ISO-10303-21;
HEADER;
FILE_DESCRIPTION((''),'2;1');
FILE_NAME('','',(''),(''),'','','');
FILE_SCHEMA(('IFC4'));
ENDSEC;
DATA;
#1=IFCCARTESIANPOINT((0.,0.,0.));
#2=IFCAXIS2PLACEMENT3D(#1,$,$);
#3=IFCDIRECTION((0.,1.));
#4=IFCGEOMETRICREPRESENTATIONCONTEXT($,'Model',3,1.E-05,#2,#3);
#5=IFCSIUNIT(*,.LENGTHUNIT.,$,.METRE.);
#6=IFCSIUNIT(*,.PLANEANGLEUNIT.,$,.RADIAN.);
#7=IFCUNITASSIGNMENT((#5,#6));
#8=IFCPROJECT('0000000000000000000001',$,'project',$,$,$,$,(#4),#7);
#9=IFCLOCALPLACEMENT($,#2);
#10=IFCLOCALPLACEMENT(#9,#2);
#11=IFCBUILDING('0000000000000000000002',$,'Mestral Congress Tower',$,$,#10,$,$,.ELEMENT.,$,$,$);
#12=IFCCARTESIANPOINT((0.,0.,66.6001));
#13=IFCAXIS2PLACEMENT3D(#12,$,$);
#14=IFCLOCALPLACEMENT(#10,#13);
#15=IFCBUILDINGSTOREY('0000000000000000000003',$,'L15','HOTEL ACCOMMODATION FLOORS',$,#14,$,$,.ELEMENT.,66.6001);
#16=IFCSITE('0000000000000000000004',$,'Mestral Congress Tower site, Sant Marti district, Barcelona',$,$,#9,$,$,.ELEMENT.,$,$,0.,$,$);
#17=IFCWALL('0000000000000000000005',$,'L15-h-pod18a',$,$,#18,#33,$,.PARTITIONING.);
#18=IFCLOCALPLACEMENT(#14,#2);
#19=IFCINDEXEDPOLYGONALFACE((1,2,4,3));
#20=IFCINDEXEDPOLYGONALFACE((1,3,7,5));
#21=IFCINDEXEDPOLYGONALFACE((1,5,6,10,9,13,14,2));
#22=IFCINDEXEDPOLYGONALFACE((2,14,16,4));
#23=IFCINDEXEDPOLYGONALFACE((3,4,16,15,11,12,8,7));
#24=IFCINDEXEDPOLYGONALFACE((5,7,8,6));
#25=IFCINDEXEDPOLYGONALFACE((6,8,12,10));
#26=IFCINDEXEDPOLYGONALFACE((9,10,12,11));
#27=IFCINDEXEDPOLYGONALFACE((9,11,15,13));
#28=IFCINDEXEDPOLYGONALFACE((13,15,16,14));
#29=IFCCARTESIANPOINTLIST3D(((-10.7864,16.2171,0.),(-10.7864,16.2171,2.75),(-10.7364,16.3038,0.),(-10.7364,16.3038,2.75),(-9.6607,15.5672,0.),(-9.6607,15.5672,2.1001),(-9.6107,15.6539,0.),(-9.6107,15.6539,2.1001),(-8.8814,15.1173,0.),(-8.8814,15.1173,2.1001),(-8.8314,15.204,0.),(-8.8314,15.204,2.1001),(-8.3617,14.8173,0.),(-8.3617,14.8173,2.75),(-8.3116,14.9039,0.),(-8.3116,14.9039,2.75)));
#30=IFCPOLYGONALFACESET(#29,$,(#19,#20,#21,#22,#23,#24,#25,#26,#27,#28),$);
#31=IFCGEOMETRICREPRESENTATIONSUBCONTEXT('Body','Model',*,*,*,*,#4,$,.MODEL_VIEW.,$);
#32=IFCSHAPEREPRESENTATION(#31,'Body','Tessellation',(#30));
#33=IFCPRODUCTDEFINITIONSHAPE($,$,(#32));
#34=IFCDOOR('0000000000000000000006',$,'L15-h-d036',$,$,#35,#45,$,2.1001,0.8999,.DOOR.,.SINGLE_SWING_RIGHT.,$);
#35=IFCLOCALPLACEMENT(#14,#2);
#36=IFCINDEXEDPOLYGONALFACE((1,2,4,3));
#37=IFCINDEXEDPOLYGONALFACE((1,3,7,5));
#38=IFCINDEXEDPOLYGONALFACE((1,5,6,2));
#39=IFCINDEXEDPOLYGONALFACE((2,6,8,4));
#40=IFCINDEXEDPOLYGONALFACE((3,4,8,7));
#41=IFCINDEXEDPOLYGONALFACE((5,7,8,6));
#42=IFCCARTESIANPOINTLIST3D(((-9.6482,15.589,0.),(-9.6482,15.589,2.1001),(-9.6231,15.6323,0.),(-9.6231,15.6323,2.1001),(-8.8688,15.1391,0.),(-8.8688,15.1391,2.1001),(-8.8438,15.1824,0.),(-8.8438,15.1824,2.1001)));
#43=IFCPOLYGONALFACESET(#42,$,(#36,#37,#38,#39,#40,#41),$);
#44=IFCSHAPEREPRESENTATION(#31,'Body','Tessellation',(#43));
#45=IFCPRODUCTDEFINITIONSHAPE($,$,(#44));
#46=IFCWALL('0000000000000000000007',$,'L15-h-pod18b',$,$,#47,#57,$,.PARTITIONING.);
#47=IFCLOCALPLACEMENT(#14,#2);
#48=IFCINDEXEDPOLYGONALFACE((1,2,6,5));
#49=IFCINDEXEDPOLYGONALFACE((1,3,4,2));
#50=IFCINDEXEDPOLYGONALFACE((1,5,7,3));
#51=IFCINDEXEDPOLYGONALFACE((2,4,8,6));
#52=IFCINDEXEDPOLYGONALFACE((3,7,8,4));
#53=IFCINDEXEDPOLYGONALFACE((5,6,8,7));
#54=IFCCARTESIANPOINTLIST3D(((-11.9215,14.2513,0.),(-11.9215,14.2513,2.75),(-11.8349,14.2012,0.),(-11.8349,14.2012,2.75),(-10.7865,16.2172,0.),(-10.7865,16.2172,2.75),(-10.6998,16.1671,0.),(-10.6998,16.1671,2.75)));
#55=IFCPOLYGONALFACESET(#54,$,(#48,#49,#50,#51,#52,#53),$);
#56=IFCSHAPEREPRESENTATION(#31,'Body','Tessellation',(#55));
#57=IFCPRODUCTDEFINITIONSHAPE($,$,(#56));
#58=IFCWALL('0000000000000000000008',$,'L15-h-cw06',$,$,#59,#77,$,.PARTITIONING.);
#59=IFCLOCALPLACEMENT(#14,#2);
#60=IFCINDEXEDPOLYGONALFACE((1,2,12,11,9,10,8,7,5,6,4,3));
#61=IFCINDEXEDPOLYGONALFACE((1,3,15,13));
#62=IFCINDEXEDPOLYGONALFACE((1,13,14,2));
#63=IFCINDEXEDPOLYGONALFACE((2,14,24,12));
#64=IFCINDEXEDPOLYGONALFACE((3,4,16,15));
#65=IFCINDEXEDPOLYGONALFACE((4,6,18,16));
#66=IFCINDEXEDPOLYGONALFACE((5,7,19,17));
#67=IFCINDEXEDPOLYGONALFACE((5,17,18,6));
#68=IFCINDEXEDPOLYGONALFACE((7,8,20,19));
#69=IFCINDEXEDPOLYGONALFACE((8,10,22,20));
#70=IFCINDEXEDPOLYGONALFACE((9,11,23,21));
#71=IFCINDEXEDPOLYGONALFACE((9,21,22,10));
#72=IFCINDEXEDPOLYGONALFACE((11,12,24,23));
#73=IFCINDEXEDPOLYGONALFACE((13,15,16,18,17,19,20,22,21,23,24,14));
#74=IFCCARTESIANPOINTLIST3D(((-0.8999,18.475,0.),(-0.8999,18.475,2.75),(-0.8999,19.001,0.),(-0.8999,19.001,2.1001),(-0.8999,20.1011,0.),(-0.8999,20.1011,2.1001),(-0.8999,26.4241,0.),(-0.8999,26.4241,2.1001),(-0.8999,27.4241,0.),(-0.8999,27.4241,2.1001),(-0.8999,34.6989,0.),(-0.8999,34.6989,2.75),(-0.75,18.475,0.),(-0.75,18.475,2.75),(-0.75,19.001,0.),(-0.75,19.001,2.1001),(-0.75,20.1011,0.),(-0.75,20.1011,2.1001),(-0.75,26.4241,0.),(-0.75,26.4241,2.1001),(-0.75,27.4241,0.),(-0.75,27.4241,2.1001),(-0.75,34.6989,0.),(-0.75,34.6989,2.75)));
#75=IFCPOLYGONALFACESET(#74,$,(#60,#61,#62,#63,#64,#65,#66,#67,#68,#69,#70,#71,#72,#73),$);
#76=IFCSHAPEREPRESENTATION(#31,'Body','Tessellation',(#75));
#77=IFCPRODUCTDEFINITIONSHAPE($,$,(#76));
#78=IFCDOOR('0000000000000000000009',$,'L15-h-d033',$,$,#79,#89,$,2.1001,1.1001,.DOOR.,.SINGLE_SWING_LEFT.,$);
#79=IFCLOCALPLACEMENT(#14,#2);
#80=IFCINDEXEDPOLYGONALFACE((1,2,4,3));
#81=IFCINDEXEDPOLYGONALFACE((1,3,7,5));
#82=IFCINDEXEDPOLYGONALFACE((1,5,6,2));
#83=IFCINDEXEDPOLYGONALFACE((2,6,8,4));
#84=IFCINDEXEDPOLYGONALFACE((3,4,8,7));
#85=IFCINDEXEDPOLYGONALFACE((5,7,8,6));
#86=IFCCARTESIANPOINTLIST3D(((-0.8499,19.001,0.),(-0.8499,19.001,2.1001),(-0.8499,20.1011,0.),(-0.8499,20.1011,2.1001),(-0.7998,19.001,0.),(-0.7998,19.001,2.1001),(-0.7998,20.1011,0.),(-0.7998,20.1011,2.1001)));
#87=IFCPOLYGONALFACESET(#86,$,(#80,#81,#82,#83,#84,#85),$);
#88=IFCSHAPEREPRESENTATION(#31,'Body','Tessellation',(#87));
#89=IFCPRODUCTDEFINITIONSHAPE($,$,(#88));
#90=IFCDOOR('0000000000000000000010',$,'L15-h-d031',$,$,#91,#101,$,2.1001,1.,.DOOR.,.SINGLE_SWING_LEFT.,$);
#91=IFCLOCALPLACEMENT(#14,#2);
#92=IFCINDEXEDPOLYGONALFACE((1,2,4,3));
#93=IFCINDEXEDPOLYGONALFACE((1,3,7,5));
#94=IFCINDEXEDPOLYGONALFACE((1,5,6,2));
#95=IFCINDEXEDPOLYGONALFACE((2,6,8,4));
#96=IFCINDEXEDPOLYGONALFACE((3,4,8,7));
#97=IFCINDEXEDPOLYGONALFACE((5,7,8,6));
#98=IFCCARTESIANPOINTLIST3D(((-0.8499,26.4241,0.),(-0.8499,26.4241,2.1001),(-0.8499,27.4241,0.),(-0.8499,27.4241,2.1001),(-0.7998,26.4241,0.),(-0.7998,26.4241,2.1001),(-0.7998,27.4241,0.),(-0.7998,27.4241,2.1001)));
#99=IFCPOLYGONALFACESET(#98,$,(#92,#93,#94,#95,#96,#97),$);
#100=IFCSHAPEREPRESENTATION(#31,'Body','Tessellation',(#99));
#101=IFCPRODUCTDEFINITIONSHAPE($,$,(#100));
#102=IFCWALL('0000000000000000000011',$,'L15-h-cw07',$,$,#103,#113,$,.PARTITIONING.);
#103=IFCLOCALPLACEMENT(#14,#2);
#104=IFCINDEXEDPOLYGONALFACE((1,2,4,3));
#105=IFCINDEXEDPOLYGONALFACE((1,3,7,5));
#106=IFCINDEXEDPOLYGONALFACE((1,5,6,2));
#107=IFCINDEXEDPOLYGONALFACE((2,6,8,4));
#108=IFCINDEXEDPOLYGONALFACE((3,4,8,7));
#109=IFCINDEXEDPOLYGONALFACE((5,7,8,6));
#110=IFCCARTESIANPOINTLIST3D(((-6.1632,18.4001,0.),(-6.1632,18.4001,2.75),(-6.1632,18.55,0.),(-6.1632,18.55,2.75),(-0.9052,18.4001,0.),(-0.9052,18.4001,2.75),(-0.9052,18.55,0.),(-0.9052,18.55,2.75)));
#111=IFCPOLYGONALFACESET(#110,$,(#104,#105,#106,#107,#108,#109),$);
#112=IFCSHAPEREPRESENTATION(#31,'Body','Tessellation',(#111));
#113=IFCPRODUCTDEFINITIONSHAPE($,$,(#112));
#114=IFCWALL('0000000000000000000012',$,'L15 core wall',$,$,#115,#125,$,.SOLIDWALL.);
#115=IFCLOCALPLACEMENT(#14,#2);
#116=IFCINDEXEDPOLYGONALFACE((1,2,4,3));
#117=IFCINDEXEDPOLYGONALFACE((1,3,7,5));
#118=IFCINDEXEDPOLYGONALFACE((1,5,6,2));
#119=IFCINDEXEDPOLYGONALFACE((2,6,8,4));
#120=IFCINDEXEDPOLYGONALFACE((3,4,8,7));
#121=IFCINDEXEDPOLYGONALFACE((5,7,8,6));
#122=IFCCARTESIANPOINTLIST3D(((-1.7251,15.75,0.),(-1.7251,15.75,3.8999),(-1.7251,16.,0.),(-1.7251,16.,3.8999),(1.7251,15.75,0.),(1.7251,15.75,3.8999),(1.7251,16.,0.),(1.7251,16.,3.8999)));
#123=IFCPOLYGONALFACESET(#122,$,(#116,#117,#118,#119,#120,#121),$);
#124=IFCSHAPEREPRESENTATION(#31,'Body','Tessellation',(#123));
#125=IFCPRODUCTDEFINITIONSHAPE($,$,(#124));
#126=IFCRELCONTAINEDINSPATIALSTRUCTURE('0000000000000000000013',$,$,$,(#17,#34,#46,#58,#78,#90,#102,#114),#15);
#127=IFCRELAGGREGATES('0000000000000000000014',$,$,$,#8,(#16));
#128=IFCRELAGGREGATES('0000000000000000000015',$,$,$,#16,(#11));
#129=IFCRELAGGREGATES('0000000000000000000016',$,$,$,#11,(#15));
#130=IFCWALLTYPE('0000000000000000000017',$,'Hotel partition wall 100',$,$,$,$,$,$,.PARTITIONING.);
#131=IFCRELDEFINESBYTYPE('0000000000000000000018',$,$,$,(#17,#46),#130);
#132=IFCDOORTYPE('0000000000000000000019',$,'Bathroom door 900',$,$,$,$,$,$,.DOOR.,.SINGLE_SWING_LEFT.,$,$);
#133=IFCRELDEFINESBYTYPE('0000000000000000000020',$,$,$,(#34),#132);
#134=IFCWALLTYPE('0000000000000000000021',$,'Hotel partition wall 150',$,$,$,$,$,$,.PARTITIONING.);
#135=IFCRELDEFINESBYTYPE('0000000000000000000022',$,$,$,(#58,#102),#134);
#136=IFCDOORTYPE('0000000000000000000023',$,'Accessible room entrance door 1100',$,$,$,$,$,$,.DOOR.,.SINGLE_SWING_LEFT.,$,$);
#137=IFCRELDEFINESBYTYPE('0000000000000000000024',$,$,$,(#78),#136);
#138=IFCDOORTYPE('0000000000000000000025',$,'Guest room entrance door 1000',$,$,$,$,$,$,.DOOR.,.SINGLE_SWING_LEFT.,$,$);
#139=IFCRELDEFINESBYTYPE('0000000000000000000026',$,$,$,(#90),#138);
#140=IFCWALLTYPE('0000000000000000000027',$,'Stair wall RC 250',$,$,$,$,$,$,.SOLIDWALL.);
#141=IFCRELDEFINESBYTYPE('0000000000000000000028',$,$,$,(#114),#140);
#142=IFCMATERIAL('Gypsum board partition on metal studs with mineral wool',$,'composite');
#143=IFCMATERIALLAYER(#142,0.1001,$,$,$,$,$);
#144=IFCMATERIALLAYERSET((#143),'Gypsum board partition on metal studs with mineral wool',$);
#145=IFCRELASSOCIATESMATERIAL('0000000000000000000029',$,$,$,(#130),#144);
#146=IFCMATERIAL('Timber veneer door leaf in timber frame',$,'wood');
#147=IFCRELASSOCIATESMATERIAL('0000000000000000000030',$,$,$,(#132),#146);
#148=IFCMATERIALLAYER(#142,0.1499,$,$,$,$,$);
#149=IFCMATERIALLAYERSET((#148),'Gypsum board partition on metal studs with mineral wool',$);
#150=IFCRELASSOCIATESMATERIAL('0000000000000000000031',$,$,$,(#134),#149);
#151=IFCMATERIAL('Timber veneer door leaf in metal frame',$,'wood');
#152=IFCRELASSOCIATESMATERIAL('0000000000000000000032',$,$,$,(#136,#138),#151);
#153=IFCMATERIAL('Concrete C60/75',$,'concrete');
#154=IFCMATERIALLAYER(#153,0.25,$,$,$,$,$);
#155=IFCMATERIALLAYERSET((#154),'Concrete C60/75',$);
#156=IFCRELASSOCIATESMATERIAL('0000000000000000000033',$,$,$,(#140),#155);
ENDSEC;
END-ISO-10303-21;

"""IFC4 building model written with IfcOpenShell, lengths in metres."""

from ifc_helpers import new_model, si_unit, direction, frame, frame_2d, origin, place, context, subcontext, project, spatial, rectangle, extrude, material, layer, layer_set, type_object, element, fill, save


model = new_model("IFC4")

# Units and contexts
model_context = context("Model", 3, precision=1e-05, world=origin(), true_north=direction((0.0, 1.0)))
body_context = subcontext(model_context, "Body", "Model", "MODEL_VIEW")
ifc_project = project(units=[si_unit("LENGTHUNIT", "METRE"), si_unit("PLANEANGLEUNIT", "RADIAN")], contexts=[model_context])

# Site, building, storey
site_placement = place(None, origin())
site = spatial("IfcSite", under=ifc_project, at=site_placement, Name="Mestral Congress Tower site, Sant Marti district, Barcelona", CompositionType="ELEMENT", RefElevation=0.0)
building_placement = place(site_placement, origin())
building = spatial("IfcBuilding", under=site, at=building_placement, Name="Mestral Congress Tower", CompositionType="ELEMENT")
storey_placement = place(building_placement, frame((0.0, 0.0, 66.6001)))
storey = spatial("IfcBuildingStorey", under=building, at=storey_placement, Name="L15", Description="HOTEL ACCOMMODATION FLOORS", CompositionType="ELEMENT", Elevation=66.6001)

# Shared definitions
ifc_material_1 = material(Name="Concrete C60/75", Category="concrete")

# Shared definitions
ifc_material_2 = material(Name="Gypsum board partition on metal studs with mineral wool", Category="composite")
ifc_layer_1 = layer(ifc_material_2, 0.1001)
ifc_layer_set_1 = layer_set([ifc_layer_1], Name="Gypsum board partition on metal studs with mineral wool")
wall_type_1 = type_object("IfcWallType", Name="Hotel partition wall 100", PredefinedType="PARTITIONING", material=ifc_layer_set_1)
ifc_material_3 = material(Name="Timber veneer door leaf in timber frame", Category="wood")

# Wall, opening, door
wall_1_placement = place(storey_placement, frame((-8.3367, 14.8606, 0.0), z_axis=(0.0, 0.0, 1.0), x_axis=(-0.866035, 0.499984, 0.0)))
wall_1 = element("IfcWall", 1, at=wall_1_placement, inside=storey, type_object=wall_type_1, Name="L15-h-pod18a", PredefinedType="PARTITIONING", context=body_context, shape_type="SweptSolid", body=[
    extrude(rectangle(XDim=2.7998, YDim=0.1001, at=frame_2d((1.3999, 0.0))), origin(), (0.0, 0.0, 1.0), 2.75),
])
opening_1_placement = place(wall_1_placement, frame((0.6001, 0.0, 0.0)))
opening_1 = element("IfcOpeningElement", 2, at=opening_1_placement, cuts=wall_1, PredefinedType="OPENING", context=body_context, shape_type="SweptSolid", body=[
    extrude(rectangle(XDim=0.8999, YDim=2.1001, at=frame_2d((0.45, 1.05))), frame((0.0, 0.0601, 0.0), z_axis=(0.0, -1.0, 0.0), x_axis=(1.0, 0.0, 0.0)), (0.0, 0.0, 1.0), 0.1201),
])
door_type_1 = type_object("IfcDoorType", Name="Bathroom door 900", OperationType="SINGLE_SWING_LEFT", PredefinedType="DOOR", material=ifc_material_3)
door_1_placement = place(opening_1_placement, origin())
door_1 = element("IfcDoor", 3, at=door_1_placement, inside=storey, type_object=door_type_1, Name="L15-h-d036", OperationType="SINGLE_SWING_RIGHT", OverallHeight=2.1001, OverallWidth=0.8999, PredefinedType="DOOR", context=body_context, shape_type="SweptSolid", body=[
    extrude(rectangle(XDim=0.8999, YDim=2.1001, at=frame_2d((0.45, 1.05))), frame((0.0, 0.0249, 0.0), z_axis=(0.0, -1.0, 0.0), x_axis=(1.0, 0.0, 0.0)), (0.0, 0.0, 1.0), 0.05),
])
fill(opening_1, door_1)

# Wall
wall_2_placement = place(storey_placement, frame((-10.7432, 16.1921, 0.0), z_axis=(0.0, 0.0, 1.0), x_axis=(-0.500014, -0.866017, 0.0)))
element("IfcWall", 4, at=wall_2_placement, inside=storey, type_object=wall_type_1, Name="L15-h-pod18b", PredefinedType="PARTITIONING", context=body_context, shape_type="SweptSolid", body=[
    extrude(rectangle(XDim=2.27, YDim=0.1001, at=frame_2d((1.135, 0.0))), origin(), (0.0, 0.0, 1.0), 2.75),
])

# Wall, openings, doors
ifc_layer_2 = layer(ifc_material_2, 0.1499)
ifc_layer_set_2 = layer_set([ifc_layer_2], Name="Gypsum board partition on metal studs with mineral wool")
wall_type_2 = type_object("IfcWallType", Name="Hotel partition wall 150", PredefinedType="PARTITIONING", material=ifc_layer_set_2)
wall_3_placement = place(storey_placement, frame((-0.825, 18.4751, 0.0), z_axis=(0.0, 0.0, 1.0), x_axis=(0.0, 1.0, 0.0)))
wall_3 = element("IfcWall", 5, at=wall_3_placement, inside=storey, type_object=wall_type_2, Name="L15-h-cw06", PredefinedType="PARTITIONING", context=body_context, shape_type="SweptSolid", body=[
    extrude(rectangle(XDim=16.2239, YDim=0.1499, at=frame_2d((8.1118, 0.0))), origin(), (0.0, 0.0, 1.0), 2.75),
])
opening_2_placement = place(wall_3_placement, frame((7.949, 0.0, 0.0)))
opening_2 = element("IfcOpeningElement", 6, at=opening_2_placement, cuts=wall_3, PredefinedType="OPENING", context=body_context, shape_type="SweptSolid", body=[
    extrude(rectangle(XDim=1.0, YDim=2.1001, at=frame_2d((0.5, 1.05))), frame((0.0, 0.085, 0.0), z_axis=(0.0, -1.0, 0.0), x_axis=(1.0, 0.0, 0.0)), (0.0, 0.0, 1.0), 0.1699),
])
opening_3_placement = place(wall_3_placement, frame((0.5259, 0.0, 0.0)))
opening_3 = element("IfcOpeningElement", 7, at=opening_3_placement, cuts=wall_3, PredefinedType="OPENING", context=body_context, shape_type="SweptSolid", body=[
    extrude(rectangle(XDim=1.1001, YDim=2.1001, at=frame_2d((0.55, 1.05))), frame((0.0, 0.085, 0.0), z_axis=(0.0, -1.0, 0.0), x_axis=(1.0, 0.0, 0.0)), (0.0, 0.0, 1.0), 0.1699),
])
ifc_material_4 = material(Name="Timber veneer door leaf in metal frame", Category="wood")
door_type_2 = type_object("IfcDoorType", Name="Accessible room entrance door 1100", OperationType="SINGLE_SWING_LEFT", PredefinedType="DOOR", material=ifc_material_4)
door_2_placement = place(opening_3_placement, origin())
door_2 = element("IfcDoor", 8, at=door_2_placement, inside=storey, type_object=door_type_2, Name="L15-h-d033", OperationType="SINGLE_SWING_LEFT", OverallHeight=2.1001, OverallWidth=1.1001, PredefinedType="DOOR", context=body_context, shape_type="SweptSolid", body=[
    extrude(rectangle(XDim=1.1001, YDim=2.1001, at=frame_2d((0.55, 1.05))), frame((0.0, 0.0249, 0.0), z_axis=(0.0, -1.0, 0.0), x_axis=(1.0, 0.0, 0.0)), (0.0, 0.0, 1.0), 0.05),
])
fill(opening_3, door_2)
door_type_3 = type_object("IfcDoorType", Name="Guest room entrance door 1000", OperationType="SINGLE_SWING_LEFT", PredefinedType="DOOR", material=ifc_material_4)
door_3_placement = place(opening_2_placement, origin())
door_3 = element("IfcDoor", 9, at=door_3_placement, inside=storey, type_object=door_type_3, Name="L15-h-d031", OperationType="SINGLE_SWING_LEFT", OverallHeight=2.1001, OverallWidth=1.0, PredefinedType="DOOR", context=body_context, shape_type="SweptSolid", body=[
    extrude(rectangle(XDim=1.0, YDim=2.1001, at=frame_2d((0.5, 1.05))), frame((0.0, 0.0249, 0.0), z_axis=(0.0, -1.0, 0.0), x_axis=(1.0, 0.0, 0.0)), (0.0, 0.0, 1.0), 0.05),
])
fill(opening_2, door_3)

# Walls
wall_4_placement = place(storey_placement, frame((-6.1631, 18.4751, 0.0), z_axis=(0.0, 0.0, 1.0), x_axis=(1.0, 0.0, 0.0)))
element("IfcWall", 10, at=wall_4_placement, inside=storey, type_object=wall_type_2, Name="L15-h-cw07", PredefinedType="PARTITIONING", context=body_context, shape_type="SweptSolid", body=[
    extrude(rectangle(XDim=5.2581, YDim=0.1499, at=frame_2d((2.6289, 0.0))), origin(), (0.0, 0.0, 1.0), 2.75),
])
ifc_layer_3 = layer(ifc_material_1, 0.25)
ifc_layer_set_3 = layer_set([ifc_layer_3], Name="Concrete C60/75")
wall_type_3 = type_object("IfcWallType", Name="Stair wall RC 250", PredefinedType="SOLIDWALL", material=ifc_layer_set_3)
wall_5_placement = place(storey_placement, frame((-1.7251, 15.875, 0.0), z_axis=(0.0, 0.0, 1.0), x_axis=(1.0, 0.0, 0.0)))
element("IfcWall", 11, at=wall_5_placement, inside=storey, type_object=wall_type_3, Name="L15 core wall", PredefinedType="SOLIDWALL", context=body_context, shape_type="SweptSolid", body=[
    extrude(rectangle(XDim=3.4502, YDim=0.25, at=frame_2d((1.7251, 0.0))), origin(), (0.0, 0.0, 1.0), 3.8999),
])

save(model, "model.ifc")
